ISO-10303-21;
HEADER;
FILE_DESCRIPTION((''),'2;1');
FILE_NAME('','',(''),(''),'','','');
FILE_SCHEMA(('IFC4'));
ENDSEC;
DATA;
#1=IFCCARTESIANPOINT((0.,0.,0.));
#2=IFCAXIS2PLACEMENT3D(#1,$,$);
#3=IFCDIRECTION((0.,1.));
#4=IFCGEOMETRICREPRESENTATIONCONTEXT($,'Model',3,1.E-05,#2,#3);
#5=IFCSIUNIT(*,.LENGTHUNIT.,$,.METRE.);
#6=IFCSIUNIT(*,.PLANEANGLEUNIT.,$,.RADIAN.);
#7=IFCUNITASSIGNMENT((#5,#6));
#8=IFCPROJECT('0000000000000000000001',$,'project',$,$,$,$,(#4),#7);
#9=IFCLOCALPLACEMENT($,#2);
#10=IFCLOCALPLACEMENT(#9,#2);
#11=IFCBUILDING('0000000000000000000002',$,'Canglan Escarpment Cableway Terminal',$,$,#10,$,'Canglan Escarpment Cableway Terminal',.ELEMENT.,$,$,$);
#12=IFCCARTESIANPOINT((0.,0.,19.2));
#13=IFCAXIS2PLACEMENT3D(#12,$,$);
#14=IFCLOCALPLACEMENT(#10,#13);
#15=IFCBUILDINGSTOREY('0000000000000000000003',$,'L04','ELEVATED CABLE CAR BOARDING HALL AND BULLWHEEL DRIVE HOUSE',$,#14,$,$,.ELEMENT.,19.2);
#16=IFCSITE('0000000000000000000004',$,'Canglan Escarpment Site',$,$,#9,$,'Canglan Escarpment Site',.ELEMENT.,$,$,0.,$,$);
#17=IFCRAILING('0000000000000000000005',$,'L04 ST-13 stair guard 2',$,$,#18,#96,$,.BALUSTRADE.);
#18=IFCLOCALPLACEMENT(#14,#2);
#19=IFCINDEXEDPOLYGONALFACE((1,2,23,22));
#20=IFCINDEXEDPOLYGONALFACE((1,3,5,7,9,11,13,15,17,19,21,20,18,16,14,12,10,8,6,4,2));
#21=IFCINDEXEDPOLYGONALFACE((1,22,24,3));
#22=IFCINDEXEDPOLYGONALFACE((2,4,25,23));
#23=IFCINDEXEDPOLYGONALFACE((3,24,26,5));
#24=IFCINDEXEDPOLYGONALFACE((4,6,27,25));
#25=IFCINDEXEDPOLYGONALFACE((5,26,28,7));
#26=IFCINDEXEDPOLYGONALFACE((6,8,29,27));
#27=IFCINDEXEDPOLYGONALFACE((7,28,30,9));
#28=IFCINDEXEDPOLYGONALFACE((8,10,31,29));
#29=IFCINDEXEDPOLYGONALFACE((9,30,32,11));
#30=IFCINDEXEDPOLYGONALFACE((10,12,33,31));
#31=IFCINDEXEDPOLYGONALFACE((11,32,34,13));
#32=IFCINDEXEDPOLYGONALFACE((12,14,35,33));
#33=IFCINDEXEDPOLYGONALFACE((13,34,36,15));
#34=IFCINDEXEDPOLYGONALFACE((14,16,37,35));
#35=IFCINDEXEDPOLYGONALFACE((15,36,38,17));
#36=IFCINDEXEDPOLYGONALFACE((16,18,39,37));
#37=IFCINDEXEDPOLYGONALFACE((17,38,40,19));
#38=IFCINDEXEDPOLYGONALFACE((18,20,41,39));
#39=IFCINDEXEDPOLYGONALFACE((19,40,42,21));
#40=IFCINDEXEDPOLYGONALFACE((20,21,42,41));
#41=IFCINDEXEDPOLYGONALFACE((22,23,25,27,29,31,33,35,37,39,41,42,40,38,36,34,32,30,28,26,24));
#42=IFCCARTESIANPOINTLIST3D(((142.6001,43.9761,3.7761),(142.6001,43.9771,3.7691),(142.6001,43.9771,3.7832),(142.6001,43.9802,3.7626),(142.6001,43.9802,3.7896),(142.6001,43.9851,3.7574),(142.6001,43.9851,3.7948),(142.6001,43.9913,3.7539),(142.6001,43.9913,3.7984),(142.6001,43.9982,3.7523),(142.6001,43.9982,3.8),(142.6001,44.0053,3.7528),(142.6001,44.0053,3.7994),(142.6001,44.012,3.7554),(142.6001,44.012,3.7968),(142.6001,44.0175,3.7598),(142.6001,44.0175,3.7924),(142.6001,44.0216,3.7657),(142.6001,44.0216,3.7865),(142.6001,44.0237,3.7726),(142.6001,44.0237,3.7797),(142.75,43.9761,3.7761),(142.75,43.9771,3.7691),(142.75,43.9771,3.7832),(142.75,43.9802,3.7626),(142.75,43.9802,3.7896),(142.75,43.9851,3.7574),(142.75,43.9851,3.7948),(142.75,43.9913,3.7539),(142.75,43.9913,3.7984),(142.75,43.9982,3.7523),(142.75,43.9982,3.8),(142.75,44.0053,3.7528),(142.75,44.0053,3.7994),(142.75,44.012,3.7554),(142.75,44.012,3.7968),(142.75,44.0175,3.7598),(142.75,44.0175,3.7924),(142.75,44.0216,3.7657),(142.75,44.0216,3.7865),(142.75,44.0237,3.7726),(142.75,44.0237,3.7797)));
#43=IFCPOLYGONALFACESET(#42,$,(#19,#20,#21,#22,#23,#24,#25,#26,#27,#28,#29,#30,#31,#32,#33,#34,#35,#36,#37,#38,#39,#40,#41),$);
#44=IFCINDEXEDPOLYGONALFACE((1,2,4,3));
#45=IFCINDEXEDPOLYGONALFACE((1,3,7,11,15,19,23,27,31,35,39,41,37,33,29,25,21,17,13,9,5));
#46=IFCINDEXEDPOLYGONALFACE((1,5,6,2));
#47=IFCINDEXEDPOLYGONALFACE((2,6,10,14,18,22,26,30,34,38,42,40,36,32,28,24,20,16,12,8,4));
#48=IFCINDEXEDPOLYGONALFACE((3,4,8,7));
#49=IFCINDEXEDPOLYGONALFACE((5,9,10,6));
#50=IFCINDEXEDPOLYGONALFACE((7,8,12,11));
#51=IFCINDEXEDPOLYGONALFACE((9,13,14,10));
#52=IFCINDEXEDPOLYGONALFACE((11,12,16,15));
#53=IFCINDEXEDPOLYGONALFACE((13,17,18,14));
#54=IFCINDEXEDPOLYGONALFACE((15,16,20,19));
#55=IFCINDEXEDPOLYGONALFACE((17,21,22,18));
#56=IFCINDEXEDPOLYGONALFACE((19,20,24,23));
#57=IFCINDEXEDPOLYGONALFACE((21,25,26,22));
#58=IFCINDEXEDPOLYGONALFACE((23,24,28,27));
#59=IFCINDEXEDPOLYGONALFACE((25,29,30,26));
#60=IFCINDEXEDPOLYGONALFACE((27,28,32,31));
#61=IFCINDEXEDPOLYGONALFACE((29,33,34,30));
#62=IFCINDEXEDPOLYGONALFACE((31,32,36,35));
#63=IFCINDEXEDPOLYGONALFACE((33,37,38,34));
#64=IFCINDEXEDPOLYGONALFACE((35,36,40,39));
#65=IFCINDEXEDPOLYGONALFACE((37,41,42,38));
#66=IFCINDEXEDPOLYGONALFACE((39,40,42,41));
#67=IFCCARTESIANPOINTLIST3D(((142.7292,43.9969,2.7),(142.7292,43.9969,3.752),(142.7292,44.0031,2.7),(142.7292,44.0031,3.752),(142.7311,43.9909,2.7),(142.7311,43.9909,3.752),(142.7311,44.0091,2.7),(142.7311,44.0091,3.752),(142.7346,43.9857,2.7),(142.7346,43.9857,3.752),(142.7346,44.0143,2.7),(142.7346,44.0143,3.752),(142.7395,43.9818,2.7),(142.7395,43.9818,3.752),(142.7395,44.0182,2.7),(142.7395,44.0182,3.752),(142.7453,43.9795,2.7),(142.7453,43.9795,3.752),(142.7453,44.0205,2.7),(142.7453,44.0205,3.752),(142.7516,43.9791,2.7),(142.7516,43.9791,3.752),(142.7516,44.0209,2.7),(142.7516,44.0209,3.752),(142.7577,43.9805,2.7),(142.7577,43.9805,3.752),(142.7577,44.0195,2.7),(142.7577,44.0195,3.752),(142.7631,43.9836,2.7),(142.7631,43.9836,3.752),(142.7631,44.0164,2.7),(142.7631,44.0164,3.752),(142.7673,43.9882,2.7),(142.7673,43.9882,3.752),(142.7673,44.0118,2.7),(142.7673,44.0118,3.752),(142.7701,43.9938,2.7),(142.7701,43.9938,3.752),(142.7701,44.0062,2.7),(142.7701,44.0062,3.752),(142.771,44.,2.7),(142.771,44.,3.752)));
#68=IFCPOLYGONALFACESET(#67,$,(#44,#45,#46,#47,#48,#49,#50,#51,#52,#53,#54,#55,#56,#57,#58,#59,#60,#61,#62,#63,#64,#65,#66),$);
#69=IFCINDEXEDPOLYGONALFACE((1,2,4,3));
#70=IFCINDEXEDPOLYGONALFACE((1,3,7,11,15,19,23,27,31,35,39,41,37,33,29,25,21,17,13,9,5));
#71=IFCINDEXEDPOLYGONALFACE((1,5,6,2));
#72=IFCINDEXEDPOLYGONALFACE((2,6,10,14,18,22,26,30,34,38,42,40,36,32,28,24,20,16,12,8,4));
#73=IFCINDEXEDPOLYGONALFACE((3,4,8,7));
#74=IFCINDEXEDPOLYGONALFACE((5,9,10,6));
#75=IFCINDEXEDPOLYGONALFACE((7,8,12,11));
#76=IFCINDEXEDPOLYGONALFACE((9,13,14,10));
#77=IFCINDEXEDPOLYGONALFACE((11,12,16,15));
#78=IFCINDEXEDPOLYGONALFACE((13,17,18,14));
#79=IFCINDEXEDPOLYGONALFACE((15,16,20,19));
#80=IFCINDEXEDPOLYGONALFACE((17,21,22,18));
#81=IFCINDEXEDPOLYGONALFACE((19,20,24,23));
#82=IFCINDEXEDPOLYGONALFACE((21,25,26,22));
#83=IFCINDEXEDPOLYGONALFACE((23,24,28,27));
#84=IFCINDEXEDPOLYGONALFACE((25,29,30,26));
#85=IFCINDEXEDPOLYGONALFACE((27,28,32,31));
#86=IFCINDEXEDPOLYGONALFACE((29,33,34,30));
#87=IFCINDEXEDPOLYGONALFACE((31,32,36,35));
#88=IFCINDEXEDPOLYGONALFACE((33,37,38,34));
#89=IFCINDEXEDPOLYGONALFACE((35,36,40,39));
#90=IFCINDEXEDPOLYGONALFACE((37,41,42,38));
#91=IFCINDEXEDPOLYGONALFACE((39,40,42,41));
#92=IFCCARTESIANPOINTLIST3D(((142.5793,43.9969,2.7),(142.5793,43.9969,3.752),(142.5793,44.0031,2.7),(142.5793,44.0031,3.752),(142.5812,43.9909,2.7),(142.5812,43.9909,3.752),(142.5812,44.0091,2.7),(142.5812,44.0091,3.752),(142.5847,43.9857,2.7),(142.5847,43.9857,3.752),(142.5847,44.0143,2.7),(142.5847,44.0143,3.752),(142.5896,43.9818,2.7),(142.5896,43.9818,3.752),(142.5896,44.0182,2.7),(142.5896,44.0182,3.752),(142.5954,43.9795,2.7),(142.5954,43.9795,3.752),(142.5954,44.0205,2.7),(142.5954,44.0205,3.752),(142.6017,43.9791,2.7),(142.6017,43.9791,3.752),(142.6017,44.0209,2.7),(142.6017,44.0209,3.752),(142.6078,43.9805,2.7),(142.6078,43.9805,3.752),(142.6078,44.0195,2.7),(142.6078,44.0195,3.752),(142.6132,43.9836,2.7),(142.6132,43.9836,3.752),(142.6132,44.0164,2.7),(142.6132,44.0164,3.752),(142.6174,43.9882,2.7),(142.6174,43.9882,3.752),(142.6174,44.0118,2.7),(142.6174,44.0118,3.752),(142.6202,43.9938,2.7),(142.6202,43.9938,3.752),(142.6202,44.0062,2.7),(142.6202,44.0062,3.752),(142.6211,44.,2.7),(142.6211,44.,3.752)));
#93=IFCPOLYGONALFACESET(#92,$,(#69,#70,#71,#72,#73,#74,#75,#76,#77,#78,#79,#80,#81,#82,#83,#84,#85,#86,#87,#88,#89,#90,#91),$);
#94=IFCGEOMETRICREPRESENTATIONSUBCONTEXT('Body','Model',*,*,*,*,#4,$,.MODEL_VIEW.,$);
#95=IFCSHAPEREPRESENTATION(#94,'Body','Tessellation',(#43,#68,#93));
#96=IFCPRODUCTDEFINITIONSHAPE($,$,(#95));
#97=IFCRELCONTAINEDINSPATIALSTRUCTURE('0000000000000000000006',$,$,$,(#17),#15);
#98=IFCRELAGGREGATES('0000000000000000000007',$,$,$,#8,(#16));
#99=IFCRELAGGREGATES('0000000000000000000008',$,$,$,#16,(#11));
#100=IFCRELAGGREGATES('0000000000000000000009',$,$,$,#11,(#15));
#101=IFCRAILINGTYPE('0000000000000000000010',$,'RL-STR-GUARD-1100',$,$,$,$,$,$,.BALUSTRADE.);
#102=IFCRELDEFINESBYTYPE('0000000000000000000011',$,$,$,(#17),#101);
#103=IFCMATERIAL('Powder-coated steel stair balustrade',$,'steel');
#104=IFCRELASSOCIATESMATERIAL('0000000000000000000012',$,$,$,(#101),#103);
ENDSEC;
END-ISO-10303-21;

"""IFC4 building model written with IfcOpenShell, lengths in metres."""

from ifc_helpers import new_model, si_unit, direction, frame, origin, origin_2d, place, context, subcontext, project, spatial, circle, extrude, material, type_object, element, save


model = new_model("IFC4")

# Units and contexts
model_context = context("Model", 3, precision=1e-05, world=origin(), true_north=direction((0.0, 1.0)))
body_context = subcontext(model_context, "Body", "Model", "MODEL_VIEW")
ifc_project = project(units=[si_unit("LENGTHUNIT", "METRE"), si_unit("PLANEANGLEUNIT", "RADIAN")], contexts=[model_context])

# Site, building, storey
site_placement = place(None, origin())
site = spatial("IfcSite", under=ifc_project, at=site_placement, Name="Canglan Escarpment Site", LongName="Canglan Escarpment Site", CompositionType="ELEMENT", RefElevation=0.0)
building_placement = place(site_placement, origin())
building = spatial("IfcBuilding", under=site, at=building_placement, Name="Canglan Escarpment Cableway Terminal", LongName="Canglan Escarpment Cableway Terminal", CompositionType="ELEMENT")
storey_placement = place(building_placement, frame((0.0, 0.0, 19.2)))
storey = spatial("IfcBuildingStorey", under=building, at=storey_placement, Name="L04", Description="ELEVATED CABLE CAR BOARDING HALL AND BULLWHEEL DRIVE HOUSE", CompositionType="ELEMENT", Elevation=19.2)

# Railing
ifc_material_1 = material(Name="Powder-coated steel stair balustrade", Category="steel")
railing_type_1 = type_object("IfcRailingType", Name="RL-STR-GUARD-1100", PredefinedType="BALUSTRADE", material=ifc_material_1)
railing_1_placement = place(storey_placement, frame((142.75, 44.0, 2.7)))
element("IfcRailing", 1, at=railing_1_placement, inside=storey, type_object=railing_type_1, Name="L04 ST-13 stair guard 2", PredefinedType="BALUSTRADE", context=body_context, shape_type="SweptSolid", body=[
    extrude(circle(Radius=0.0239, at=origin_2d()), frame((0.0, 0.0, 1.0762), z_axis=(-1.0, 0.0, 0.0), x_axis=(0.0, -1.0, 0.0)), (0.0, 0.0, 1.0), 0.1499),
    extrude(circle(Radius=0.021, at=origin_2d()), origin(), (0.0, 0.0, 1.0), 1.052),
    extrude(circle(Radius=0.021, at=origin_2d()), frame((-0.1499, 0.0, 0.0)), (0.0, 0.0, 1.0), 1.052),
])

save(model, "model.ifc")
